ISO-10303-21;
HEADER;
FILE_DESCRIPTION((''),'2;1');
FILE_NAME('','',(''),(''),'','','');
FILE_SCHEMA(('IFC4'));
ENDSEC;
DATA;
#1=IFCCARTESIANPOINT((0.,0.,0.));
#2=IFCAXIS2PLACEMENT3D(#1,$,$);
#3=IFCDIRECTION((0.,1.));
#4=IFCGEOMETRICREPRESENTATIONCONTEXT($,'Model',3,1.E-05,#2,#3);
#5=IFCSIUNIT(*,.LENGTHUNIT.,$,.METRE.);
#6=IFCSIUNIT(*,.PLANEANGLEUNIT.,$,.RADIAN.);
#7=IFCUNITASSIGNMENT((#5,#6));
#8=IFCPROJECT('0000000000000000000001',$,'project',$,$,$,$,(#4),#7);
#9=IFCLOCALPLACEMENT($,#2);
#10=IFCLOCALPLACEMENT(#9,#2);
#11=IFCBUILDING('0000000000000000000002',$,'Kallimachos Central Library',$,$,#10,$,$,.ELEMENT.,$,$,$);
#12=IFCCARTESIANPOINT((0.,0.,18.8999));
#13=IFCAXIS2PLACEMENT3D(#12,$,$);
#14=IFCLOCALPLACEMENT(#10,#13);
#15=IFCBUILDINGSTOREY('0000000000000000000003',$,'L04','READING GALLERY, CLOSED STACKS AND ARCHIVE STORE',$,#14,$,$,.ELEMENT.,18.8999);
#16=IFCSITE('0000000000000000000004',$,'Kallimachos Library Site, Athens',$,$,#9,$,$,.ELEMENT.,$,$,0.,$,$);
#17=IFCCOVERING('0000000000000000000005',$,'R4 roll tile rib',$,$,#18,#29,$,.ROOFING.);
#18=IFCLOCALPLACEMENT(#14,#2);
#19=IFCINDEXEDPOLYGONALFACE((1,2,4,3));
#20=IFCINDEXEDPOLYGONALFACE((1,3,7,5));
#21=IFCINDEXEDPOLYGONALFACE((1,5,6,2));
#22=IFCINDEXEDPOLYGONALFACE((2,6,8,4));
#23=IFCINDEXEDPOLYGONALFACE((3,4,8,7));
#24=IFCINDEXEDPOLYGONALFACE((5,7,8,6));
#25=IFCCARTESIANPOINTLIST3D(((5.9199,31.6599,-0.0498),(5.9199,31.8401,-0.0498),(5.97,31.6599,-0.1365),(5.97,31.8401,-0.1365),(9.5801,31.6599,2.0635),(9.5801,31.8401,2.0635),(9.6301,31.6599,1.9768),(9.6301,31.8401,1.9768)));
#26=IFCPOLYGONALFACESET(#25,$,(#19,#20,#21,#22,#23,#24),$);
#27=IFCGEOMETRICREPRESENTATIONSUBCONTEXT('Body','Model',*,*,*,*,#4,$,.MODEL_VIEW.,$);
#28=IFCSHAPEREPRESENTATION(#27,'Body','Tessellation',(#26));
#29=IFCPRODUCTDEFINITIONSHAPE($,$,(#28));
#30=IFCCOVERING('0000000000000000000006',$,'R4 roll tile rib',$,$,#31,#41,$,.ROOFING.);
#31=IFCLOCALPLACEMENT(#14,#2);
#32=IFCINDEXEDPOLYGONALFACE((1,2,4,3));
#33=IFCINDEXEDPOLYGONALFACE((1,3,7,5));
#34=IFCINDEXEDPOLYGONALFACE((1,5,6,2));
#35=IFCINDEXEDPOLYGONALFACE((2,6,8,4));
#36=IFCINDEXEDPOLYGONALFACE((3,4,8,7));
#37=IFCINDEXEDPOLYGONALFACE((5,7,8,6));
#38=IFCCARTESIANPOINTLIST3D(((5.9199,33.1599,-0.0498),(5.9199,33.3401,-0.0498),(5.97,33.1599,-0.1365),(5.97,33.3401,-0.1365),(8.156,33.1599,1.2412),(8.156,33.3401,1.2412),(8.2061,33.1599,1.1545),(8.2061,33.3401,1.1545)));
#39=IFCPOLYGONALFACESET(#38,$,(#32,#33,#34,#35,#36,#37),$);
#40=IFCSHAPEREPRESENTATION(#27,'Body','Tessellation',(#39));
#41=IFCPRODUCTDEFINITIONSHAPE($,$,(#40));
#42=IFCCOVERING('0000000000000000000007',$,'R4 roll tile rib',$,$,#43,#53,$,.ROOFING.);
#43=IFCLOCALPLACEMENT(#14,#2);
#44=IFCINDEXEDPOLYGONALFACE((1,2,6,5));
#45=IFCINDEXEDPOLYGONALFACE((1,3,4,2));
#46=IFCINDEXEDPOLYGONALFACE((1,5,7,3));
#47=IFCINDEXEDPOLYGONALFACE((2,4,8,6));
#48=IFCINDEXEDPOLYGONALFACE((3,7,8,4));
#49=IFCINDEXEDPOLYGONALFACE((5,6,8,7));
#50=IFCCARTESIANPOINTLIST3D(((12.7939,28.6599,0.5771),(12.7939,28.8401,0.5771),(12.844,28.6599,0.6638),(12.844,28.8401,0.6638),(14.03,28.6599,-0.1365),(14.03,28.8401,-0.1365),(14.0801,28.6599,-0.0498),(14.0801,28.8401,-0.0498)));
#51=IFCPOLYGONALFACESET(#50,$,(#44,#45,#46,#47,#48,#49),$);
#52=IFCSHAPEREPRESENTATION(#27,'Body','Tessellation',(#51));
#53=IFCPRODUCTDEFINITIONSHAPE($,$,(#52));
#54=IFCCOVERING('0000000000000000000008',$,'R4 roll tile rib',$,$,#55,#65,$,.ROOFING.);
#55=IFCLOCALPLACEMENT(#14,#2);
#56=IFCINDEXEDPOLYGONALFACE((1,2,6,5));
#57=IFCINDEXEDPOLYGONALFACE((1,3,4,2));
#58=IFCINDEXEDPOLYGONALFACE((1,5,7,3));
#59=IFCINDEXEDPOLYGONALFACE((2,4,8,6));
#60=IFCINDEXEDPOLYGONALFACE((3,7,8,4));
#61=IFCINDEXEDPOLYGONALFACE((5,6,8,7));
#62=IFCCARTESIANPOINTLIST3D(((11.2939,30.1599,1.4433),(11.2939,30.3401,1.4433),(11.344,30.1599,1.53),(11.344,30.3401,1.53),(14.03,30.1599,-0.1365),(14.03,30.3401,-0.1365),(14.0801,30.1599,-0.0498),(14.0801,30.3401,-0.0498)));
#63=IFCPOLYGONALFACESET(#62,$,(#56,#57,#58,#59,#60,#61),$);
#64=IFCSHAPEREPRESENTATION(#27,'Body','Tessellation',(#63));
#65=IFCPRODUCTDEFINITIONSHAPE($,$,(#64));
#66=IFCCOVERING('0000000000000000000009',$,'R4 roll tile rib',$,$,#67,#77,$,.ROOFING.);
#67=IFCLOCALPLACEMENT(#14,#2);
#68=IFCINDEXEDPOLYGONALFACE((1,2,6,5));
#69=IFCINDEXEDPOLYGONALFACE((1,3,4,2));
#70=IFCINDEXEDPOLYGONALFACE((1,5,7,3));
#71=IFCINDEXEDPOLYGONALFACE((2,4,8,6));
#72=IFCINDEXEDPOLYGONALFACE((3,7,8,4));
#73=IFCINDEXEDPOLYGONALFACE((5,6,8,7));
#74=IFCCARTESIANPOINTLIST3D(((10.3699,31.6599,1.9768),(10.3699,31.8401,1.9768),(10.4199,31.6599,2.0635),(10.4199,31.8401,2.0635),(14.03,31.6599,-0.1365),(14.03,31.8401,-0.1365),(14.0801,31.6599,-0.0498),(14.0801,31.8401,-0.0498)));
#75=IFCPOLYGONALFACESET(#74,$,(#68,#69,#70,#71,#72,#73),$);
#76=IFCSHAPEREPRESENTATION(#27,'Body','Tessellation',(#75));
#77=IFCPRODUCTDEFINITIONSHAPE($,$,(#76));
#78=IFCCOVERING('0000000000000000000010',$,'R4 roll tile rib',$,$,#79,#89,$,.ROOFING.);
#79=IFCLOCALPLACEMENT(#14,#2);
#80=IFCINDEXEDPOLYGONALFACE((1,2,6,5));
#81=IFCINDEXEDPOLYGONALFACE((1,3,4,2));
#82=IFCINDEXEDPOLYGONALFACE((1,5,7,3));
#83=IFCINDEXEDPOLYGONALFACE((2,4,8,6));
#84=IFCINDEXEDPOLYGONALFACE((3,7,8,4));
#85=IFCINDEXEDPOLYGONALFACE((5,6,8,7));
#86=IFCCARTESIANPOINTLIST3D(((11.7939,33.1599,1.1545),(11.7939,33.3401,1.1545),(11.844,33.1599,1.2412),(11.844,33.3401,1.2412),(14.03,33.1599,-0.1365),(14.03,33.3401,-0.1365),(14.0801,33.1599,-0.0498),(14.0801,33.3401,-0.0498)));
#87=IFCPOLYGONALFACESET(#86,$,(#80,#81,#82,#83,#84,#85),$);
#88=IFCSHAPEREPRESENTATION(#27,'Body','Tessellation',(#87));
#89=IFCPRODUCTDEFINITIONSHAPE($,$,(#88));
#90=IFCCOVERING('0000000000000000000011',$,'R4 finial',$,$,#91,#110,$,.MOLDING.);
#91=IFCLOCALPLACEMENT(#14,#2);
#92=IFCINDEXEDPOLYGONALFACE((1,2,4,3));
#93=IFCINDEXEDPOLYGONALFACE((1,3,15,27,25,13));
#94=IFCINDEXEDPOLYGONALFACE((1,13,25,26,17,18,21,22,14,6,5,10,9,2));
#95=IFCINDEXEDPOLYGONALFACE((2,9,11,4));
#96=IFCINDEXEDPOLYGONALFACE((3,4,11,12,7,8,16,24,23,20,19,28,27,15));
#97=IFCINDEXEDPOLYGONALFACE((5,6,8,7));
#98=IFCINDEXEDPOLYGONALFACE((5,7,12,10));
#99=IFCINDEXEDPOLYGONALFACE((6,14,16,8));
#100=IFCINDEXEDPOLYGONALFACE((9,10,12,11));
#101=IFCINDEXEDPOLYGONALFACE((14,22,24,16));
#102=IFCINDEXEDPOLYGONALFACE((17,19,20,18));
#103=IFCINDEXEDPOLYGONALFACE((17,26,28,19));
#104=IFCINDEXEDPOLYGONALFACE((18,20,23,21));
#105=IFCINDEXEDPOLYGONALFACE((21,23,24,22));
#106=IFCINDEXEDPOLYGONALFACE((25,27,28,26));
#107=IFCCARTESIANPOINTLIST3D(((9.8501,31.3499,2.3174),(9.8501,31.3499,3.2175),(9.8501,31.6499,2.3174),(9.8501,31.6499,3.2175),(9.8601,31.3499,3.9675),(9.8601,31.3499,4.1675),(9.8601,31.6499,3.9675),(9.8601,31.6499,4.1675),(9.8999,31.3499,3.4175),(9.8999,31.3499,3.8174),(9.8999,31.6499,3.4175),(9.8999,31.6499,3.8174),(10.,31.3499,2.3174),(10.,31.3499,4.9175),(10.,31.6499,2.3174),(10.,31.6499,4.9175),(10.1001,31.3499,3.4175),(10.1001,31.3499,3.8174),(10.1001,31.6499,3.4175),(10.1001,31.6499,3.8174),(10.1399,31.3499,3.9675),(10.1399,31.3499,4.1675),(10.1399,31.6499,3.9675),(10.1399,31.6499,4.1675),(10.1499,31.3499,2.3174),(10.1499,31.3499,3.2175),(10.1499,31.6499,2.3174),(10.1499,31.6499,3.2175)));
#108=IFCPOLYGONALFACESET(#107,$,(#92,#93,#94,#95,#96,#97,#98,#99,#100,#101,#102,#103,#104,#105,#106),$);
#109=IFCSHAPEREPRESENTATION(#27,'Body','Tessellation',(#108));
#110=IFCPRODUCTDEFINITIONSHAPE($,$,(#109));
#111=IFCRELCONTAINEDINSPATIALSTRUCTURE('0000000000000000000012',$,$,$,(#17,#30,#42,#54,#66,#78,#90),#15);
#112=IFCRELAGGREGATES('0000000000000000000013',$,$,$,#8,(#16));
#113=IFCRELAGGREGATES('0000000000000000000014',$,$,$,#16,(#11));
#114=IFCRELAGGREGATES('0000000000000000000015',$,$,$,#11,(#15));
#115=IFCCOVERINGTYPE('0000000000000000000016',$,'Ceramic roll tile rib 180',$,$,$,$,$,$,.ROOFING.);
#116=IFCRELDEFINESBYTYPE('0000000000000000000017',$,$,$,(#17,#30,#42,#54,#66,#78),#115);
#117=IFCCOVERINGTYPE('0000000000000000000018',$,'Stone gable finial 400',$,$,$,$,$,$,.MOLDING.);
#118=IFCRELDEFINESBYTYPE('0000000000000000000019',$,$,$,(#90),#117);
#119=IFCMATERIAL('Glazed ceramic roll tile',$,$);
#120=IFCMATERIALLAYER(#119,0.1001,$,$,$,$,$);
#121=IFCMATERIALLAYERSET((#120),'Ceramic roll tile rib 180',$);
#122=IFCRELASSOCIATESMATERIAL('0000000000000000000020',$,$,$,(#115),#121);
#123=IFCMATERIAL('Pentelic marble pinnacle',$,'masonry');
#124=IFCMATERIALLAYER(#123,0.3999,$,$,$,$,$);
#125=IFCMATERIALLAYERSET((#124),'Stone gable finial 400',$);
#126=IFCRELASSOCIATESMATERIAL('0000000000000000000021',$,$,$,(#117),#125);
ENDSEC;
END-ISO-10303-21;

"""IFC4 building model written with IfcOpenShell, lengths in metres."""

from ifc_helpers import new_model, si_unit, direction, frame, origin, place, context, subcontext, project, spatial, polyline, outline, extrude, material, layer, layer_set, type_object, element, save


model = new_model("IFC4")

# Units and contexts
model_context = context("Model", 3, precision=1e-05, world=origin(), true_north=direction((0.0, 1.0)))
body_context = subcontext(model_context, "Body", "Model", "MODEL_VIEW")
ifc_project = project(units=[si_unit("LENGTHUNIT", "METRE"), si_unit("PLANEANGLEUNIT", "RADIAN")], contexts=[model_context])

# Site, building, storey
site_placement = place(None, origin())
site = spatial("IfcSite", under=ifc_project, at=site_placement, Name="Kallimachos Library Site, Athens", CompositionType="ELEMENT", RefElevation=0.0)
building_placement = place(site_placement, origin())
building = spatial("IfcBuilding", under=site, at=building_placement, Name="Kallimachos Central Library", CompositionType="ELEMENT")
storey_placement = place(building_placement, frame((0.0, 0.0, 18.8999)))
storey = spatial("IfcBuildingStorey", under=building, at=storey_placement, Name="L04", Description="READING GALLERY, CLOSED STACKS AND ARCHIVE STORE", CompositionType="ELEMENT", Elevation=18.8999)

# Coverings
ifc_material_1 = material(Name="Glazed ceramic roll tile")
ifc_layer_1 = layer(ifc_material_1, 0.1001)
ifc_layer_set_1 = layer_set([ifc_layer_1], Name="Ceramic roll tile rib 180")
covering_type_1 = type_object("IfcCoveringType", Name="Ceramic roll tile rib 180", PredefinedType="ROOFING", material=ifc_layer_set_1)
covering_1_placement = place(storey_placement, frame((5.9199, 31.6599, -0.0498), z_axis=(-0.500016, 0.0, 0.866016), x_axis=(0.866016, 0.0, 0.500016)))
element("IfcCovering", 1, at=covering_1_placement, inside=storey, type_object=covering_type_1, Name="R4 roll tile rib", PredefinedType="ROOFING", context=body_context, shape_type="SweptSolid", body=[
    extrude(outline(polyline([(0.0, 0.0), (4.2264, 0.0), (4.2264, 0.1802), (0.0, 0.1802), (0.0, 0.0)])), origin(), (0.0, 0.0, -1.0), 0.1001),
])
covering_2_placement = place(storey_placement, frame((5.9199, 33.1599, -0.0498), z_axis=(-0.500003, 0.0, 0.866023), x_axis=(0.866023, 0.0, 0.500003)))
element("IfcCovering", 2, at=covering_2_placement, inside=storey, type_object=covering_type_1, Name="R4 roll tile rib", PredefinedType="ROOFING", context=body_context, shape_type="SweptSolid", body=[
    extrude(outline(polyline([(0.0, 0.0), (2.582, 0.0), (2.582, 0.1802), (0.0, 0.1802), (0.0, 0.0)])), origin(), (0.0, 0.0, -1.0), 0.1001),
])
covering_3_placement = place(storey_placement, frame((12.844, 28.6599, 0.6638), z_axis=(0.499984, 0.0, 0.866035), x_axis=(0.866035, 0.0, -0.499984)))
element("IfcCovering", 3, at=covering_3_placement, inside=storey, type_object=covering_type_1, Name="R4 roll tile rib", PredefinedType="ROOFING", context=body_context, shape_type="SweptSolid", body=[
    extrude(outline(polyline([(0.0, 0.0), (1.4273, 0.0), (1.4273, 0.1802), (0.0, 0.1802), (0.0, 0.0)])), origin(), (0.0, 0.0, -1.0), 0.1001),
])
covering_4_placement = place(storey_placement, frame((11.344, 30.1599, 1.53), z_axis=(0.500037, 0.0, 0.866004), x_axis=(0.866004, 0.0, -0.500037)))
element("IfcCovering", 4, at=covering_4_placement, inside=storey, type_object=covering_type_1, Name="R4 roll tile rib", PredefinedType="ROOFING", context=body_context, shape_type="SweptSolid", body=[
    extrude(outline(polyline([(0.0, 0.0), (3.1594, 0.0), (3.1594, 0.1802), (0.0, 0.1802), (0.0, 0.0)])), origin(), (0.0, 0.0, -1.0), 0.1001),
])
covering_5_placement = place(storey_placement, frame((10.4199, 31.6599, 2.0635), z_axis=(0.500016, 0.0, 0.866016), x_axis=(0.866016, 0.0, -0.500016)))
element("IfcCovering", 5, at=covering_5_placement, inside=storey, type_object=covering_type_1, Name="R4 roll tile rib", PredefinedType="ROOFING", context=body_context, shape_type="SweptSolid", body=[
    extrude(outline(polyline([(0.0, 0.0), (4.2264, 0.0), (4.2264, 0.1802), (0.0, 0.1802), (0.0, 0.0)])), origin(), (0.0, 0.0, -1.0), 0.1001),
])
covering_6_placement = place(storey_placement, frame((11.844, 33.1599, 1.2412), z_axis=(0.500003, 0.0, 0.866023), x_axis=(0.866023, 0.0, -0.500003)))
element("IfcCovering", 6, at=covering_6_placement, inside=storey, type_object=covering_type_1, Name="R4 roll tile rib", PredefinedType="ROOFING", context=body_context, shape_type="SweptSolid", body=[
    extrude(outline(polyline([(0.0, 0.0), (2.582, 0.0), (2.582, 0.1802), (0.0, 0.1802), (0.0, 0.0)])), origin(), (0.0, 0.0, -1.0), 0.1001),
])
ifc_material_2 = material(Name="Pentelic marble pinnacle", Category="masonry")
ifc_layer_2 = layer(ifc_material_2, 0.3999)
ifc_layer_set_2 = layer_set([ifc_layer_2], Name="Stone gable finial 400")
covering_type_2 = type_object("IfcCoveringType", Name="Stone gable finial 400", PredefinedType="MOLDING", material=ifc_layer_set_2)
covering_7_placement = place(storey_placement, frame((9.8501, 31.6499, 2.3174), z_axis=(0.0, 1.0, 0.0), x_axis=(0.0, 0.0, 1.0)))
element("IfcCovering", 7, at=covering_7_placement, inside=storey, type_object=covering_type_2, Name="R4 finial", PredefinedType="MOLDING", context=body_context, shape_type="SweptSolid", body=[
    extrude(outline(polyline([(0.0, 0.0), (0.9001, 0.0), (1.1001, 0.0498), (1.5, 0.0498), (1.6501, 0.01), (1.8501, 0.01), (2.6001, 0.1499), (1.8501, 0.2898), (1.6501, 0.2898), (1.5, 0.25), (1.1001, 0.25), (0.9001, 0.2998), (0.0, 0.2998), (0.0, 0.1499), (0.0, 0.0)])), origin(), (0.0, 0.0, -1.0), 0.3),
])

save(model, "model.ifc")
